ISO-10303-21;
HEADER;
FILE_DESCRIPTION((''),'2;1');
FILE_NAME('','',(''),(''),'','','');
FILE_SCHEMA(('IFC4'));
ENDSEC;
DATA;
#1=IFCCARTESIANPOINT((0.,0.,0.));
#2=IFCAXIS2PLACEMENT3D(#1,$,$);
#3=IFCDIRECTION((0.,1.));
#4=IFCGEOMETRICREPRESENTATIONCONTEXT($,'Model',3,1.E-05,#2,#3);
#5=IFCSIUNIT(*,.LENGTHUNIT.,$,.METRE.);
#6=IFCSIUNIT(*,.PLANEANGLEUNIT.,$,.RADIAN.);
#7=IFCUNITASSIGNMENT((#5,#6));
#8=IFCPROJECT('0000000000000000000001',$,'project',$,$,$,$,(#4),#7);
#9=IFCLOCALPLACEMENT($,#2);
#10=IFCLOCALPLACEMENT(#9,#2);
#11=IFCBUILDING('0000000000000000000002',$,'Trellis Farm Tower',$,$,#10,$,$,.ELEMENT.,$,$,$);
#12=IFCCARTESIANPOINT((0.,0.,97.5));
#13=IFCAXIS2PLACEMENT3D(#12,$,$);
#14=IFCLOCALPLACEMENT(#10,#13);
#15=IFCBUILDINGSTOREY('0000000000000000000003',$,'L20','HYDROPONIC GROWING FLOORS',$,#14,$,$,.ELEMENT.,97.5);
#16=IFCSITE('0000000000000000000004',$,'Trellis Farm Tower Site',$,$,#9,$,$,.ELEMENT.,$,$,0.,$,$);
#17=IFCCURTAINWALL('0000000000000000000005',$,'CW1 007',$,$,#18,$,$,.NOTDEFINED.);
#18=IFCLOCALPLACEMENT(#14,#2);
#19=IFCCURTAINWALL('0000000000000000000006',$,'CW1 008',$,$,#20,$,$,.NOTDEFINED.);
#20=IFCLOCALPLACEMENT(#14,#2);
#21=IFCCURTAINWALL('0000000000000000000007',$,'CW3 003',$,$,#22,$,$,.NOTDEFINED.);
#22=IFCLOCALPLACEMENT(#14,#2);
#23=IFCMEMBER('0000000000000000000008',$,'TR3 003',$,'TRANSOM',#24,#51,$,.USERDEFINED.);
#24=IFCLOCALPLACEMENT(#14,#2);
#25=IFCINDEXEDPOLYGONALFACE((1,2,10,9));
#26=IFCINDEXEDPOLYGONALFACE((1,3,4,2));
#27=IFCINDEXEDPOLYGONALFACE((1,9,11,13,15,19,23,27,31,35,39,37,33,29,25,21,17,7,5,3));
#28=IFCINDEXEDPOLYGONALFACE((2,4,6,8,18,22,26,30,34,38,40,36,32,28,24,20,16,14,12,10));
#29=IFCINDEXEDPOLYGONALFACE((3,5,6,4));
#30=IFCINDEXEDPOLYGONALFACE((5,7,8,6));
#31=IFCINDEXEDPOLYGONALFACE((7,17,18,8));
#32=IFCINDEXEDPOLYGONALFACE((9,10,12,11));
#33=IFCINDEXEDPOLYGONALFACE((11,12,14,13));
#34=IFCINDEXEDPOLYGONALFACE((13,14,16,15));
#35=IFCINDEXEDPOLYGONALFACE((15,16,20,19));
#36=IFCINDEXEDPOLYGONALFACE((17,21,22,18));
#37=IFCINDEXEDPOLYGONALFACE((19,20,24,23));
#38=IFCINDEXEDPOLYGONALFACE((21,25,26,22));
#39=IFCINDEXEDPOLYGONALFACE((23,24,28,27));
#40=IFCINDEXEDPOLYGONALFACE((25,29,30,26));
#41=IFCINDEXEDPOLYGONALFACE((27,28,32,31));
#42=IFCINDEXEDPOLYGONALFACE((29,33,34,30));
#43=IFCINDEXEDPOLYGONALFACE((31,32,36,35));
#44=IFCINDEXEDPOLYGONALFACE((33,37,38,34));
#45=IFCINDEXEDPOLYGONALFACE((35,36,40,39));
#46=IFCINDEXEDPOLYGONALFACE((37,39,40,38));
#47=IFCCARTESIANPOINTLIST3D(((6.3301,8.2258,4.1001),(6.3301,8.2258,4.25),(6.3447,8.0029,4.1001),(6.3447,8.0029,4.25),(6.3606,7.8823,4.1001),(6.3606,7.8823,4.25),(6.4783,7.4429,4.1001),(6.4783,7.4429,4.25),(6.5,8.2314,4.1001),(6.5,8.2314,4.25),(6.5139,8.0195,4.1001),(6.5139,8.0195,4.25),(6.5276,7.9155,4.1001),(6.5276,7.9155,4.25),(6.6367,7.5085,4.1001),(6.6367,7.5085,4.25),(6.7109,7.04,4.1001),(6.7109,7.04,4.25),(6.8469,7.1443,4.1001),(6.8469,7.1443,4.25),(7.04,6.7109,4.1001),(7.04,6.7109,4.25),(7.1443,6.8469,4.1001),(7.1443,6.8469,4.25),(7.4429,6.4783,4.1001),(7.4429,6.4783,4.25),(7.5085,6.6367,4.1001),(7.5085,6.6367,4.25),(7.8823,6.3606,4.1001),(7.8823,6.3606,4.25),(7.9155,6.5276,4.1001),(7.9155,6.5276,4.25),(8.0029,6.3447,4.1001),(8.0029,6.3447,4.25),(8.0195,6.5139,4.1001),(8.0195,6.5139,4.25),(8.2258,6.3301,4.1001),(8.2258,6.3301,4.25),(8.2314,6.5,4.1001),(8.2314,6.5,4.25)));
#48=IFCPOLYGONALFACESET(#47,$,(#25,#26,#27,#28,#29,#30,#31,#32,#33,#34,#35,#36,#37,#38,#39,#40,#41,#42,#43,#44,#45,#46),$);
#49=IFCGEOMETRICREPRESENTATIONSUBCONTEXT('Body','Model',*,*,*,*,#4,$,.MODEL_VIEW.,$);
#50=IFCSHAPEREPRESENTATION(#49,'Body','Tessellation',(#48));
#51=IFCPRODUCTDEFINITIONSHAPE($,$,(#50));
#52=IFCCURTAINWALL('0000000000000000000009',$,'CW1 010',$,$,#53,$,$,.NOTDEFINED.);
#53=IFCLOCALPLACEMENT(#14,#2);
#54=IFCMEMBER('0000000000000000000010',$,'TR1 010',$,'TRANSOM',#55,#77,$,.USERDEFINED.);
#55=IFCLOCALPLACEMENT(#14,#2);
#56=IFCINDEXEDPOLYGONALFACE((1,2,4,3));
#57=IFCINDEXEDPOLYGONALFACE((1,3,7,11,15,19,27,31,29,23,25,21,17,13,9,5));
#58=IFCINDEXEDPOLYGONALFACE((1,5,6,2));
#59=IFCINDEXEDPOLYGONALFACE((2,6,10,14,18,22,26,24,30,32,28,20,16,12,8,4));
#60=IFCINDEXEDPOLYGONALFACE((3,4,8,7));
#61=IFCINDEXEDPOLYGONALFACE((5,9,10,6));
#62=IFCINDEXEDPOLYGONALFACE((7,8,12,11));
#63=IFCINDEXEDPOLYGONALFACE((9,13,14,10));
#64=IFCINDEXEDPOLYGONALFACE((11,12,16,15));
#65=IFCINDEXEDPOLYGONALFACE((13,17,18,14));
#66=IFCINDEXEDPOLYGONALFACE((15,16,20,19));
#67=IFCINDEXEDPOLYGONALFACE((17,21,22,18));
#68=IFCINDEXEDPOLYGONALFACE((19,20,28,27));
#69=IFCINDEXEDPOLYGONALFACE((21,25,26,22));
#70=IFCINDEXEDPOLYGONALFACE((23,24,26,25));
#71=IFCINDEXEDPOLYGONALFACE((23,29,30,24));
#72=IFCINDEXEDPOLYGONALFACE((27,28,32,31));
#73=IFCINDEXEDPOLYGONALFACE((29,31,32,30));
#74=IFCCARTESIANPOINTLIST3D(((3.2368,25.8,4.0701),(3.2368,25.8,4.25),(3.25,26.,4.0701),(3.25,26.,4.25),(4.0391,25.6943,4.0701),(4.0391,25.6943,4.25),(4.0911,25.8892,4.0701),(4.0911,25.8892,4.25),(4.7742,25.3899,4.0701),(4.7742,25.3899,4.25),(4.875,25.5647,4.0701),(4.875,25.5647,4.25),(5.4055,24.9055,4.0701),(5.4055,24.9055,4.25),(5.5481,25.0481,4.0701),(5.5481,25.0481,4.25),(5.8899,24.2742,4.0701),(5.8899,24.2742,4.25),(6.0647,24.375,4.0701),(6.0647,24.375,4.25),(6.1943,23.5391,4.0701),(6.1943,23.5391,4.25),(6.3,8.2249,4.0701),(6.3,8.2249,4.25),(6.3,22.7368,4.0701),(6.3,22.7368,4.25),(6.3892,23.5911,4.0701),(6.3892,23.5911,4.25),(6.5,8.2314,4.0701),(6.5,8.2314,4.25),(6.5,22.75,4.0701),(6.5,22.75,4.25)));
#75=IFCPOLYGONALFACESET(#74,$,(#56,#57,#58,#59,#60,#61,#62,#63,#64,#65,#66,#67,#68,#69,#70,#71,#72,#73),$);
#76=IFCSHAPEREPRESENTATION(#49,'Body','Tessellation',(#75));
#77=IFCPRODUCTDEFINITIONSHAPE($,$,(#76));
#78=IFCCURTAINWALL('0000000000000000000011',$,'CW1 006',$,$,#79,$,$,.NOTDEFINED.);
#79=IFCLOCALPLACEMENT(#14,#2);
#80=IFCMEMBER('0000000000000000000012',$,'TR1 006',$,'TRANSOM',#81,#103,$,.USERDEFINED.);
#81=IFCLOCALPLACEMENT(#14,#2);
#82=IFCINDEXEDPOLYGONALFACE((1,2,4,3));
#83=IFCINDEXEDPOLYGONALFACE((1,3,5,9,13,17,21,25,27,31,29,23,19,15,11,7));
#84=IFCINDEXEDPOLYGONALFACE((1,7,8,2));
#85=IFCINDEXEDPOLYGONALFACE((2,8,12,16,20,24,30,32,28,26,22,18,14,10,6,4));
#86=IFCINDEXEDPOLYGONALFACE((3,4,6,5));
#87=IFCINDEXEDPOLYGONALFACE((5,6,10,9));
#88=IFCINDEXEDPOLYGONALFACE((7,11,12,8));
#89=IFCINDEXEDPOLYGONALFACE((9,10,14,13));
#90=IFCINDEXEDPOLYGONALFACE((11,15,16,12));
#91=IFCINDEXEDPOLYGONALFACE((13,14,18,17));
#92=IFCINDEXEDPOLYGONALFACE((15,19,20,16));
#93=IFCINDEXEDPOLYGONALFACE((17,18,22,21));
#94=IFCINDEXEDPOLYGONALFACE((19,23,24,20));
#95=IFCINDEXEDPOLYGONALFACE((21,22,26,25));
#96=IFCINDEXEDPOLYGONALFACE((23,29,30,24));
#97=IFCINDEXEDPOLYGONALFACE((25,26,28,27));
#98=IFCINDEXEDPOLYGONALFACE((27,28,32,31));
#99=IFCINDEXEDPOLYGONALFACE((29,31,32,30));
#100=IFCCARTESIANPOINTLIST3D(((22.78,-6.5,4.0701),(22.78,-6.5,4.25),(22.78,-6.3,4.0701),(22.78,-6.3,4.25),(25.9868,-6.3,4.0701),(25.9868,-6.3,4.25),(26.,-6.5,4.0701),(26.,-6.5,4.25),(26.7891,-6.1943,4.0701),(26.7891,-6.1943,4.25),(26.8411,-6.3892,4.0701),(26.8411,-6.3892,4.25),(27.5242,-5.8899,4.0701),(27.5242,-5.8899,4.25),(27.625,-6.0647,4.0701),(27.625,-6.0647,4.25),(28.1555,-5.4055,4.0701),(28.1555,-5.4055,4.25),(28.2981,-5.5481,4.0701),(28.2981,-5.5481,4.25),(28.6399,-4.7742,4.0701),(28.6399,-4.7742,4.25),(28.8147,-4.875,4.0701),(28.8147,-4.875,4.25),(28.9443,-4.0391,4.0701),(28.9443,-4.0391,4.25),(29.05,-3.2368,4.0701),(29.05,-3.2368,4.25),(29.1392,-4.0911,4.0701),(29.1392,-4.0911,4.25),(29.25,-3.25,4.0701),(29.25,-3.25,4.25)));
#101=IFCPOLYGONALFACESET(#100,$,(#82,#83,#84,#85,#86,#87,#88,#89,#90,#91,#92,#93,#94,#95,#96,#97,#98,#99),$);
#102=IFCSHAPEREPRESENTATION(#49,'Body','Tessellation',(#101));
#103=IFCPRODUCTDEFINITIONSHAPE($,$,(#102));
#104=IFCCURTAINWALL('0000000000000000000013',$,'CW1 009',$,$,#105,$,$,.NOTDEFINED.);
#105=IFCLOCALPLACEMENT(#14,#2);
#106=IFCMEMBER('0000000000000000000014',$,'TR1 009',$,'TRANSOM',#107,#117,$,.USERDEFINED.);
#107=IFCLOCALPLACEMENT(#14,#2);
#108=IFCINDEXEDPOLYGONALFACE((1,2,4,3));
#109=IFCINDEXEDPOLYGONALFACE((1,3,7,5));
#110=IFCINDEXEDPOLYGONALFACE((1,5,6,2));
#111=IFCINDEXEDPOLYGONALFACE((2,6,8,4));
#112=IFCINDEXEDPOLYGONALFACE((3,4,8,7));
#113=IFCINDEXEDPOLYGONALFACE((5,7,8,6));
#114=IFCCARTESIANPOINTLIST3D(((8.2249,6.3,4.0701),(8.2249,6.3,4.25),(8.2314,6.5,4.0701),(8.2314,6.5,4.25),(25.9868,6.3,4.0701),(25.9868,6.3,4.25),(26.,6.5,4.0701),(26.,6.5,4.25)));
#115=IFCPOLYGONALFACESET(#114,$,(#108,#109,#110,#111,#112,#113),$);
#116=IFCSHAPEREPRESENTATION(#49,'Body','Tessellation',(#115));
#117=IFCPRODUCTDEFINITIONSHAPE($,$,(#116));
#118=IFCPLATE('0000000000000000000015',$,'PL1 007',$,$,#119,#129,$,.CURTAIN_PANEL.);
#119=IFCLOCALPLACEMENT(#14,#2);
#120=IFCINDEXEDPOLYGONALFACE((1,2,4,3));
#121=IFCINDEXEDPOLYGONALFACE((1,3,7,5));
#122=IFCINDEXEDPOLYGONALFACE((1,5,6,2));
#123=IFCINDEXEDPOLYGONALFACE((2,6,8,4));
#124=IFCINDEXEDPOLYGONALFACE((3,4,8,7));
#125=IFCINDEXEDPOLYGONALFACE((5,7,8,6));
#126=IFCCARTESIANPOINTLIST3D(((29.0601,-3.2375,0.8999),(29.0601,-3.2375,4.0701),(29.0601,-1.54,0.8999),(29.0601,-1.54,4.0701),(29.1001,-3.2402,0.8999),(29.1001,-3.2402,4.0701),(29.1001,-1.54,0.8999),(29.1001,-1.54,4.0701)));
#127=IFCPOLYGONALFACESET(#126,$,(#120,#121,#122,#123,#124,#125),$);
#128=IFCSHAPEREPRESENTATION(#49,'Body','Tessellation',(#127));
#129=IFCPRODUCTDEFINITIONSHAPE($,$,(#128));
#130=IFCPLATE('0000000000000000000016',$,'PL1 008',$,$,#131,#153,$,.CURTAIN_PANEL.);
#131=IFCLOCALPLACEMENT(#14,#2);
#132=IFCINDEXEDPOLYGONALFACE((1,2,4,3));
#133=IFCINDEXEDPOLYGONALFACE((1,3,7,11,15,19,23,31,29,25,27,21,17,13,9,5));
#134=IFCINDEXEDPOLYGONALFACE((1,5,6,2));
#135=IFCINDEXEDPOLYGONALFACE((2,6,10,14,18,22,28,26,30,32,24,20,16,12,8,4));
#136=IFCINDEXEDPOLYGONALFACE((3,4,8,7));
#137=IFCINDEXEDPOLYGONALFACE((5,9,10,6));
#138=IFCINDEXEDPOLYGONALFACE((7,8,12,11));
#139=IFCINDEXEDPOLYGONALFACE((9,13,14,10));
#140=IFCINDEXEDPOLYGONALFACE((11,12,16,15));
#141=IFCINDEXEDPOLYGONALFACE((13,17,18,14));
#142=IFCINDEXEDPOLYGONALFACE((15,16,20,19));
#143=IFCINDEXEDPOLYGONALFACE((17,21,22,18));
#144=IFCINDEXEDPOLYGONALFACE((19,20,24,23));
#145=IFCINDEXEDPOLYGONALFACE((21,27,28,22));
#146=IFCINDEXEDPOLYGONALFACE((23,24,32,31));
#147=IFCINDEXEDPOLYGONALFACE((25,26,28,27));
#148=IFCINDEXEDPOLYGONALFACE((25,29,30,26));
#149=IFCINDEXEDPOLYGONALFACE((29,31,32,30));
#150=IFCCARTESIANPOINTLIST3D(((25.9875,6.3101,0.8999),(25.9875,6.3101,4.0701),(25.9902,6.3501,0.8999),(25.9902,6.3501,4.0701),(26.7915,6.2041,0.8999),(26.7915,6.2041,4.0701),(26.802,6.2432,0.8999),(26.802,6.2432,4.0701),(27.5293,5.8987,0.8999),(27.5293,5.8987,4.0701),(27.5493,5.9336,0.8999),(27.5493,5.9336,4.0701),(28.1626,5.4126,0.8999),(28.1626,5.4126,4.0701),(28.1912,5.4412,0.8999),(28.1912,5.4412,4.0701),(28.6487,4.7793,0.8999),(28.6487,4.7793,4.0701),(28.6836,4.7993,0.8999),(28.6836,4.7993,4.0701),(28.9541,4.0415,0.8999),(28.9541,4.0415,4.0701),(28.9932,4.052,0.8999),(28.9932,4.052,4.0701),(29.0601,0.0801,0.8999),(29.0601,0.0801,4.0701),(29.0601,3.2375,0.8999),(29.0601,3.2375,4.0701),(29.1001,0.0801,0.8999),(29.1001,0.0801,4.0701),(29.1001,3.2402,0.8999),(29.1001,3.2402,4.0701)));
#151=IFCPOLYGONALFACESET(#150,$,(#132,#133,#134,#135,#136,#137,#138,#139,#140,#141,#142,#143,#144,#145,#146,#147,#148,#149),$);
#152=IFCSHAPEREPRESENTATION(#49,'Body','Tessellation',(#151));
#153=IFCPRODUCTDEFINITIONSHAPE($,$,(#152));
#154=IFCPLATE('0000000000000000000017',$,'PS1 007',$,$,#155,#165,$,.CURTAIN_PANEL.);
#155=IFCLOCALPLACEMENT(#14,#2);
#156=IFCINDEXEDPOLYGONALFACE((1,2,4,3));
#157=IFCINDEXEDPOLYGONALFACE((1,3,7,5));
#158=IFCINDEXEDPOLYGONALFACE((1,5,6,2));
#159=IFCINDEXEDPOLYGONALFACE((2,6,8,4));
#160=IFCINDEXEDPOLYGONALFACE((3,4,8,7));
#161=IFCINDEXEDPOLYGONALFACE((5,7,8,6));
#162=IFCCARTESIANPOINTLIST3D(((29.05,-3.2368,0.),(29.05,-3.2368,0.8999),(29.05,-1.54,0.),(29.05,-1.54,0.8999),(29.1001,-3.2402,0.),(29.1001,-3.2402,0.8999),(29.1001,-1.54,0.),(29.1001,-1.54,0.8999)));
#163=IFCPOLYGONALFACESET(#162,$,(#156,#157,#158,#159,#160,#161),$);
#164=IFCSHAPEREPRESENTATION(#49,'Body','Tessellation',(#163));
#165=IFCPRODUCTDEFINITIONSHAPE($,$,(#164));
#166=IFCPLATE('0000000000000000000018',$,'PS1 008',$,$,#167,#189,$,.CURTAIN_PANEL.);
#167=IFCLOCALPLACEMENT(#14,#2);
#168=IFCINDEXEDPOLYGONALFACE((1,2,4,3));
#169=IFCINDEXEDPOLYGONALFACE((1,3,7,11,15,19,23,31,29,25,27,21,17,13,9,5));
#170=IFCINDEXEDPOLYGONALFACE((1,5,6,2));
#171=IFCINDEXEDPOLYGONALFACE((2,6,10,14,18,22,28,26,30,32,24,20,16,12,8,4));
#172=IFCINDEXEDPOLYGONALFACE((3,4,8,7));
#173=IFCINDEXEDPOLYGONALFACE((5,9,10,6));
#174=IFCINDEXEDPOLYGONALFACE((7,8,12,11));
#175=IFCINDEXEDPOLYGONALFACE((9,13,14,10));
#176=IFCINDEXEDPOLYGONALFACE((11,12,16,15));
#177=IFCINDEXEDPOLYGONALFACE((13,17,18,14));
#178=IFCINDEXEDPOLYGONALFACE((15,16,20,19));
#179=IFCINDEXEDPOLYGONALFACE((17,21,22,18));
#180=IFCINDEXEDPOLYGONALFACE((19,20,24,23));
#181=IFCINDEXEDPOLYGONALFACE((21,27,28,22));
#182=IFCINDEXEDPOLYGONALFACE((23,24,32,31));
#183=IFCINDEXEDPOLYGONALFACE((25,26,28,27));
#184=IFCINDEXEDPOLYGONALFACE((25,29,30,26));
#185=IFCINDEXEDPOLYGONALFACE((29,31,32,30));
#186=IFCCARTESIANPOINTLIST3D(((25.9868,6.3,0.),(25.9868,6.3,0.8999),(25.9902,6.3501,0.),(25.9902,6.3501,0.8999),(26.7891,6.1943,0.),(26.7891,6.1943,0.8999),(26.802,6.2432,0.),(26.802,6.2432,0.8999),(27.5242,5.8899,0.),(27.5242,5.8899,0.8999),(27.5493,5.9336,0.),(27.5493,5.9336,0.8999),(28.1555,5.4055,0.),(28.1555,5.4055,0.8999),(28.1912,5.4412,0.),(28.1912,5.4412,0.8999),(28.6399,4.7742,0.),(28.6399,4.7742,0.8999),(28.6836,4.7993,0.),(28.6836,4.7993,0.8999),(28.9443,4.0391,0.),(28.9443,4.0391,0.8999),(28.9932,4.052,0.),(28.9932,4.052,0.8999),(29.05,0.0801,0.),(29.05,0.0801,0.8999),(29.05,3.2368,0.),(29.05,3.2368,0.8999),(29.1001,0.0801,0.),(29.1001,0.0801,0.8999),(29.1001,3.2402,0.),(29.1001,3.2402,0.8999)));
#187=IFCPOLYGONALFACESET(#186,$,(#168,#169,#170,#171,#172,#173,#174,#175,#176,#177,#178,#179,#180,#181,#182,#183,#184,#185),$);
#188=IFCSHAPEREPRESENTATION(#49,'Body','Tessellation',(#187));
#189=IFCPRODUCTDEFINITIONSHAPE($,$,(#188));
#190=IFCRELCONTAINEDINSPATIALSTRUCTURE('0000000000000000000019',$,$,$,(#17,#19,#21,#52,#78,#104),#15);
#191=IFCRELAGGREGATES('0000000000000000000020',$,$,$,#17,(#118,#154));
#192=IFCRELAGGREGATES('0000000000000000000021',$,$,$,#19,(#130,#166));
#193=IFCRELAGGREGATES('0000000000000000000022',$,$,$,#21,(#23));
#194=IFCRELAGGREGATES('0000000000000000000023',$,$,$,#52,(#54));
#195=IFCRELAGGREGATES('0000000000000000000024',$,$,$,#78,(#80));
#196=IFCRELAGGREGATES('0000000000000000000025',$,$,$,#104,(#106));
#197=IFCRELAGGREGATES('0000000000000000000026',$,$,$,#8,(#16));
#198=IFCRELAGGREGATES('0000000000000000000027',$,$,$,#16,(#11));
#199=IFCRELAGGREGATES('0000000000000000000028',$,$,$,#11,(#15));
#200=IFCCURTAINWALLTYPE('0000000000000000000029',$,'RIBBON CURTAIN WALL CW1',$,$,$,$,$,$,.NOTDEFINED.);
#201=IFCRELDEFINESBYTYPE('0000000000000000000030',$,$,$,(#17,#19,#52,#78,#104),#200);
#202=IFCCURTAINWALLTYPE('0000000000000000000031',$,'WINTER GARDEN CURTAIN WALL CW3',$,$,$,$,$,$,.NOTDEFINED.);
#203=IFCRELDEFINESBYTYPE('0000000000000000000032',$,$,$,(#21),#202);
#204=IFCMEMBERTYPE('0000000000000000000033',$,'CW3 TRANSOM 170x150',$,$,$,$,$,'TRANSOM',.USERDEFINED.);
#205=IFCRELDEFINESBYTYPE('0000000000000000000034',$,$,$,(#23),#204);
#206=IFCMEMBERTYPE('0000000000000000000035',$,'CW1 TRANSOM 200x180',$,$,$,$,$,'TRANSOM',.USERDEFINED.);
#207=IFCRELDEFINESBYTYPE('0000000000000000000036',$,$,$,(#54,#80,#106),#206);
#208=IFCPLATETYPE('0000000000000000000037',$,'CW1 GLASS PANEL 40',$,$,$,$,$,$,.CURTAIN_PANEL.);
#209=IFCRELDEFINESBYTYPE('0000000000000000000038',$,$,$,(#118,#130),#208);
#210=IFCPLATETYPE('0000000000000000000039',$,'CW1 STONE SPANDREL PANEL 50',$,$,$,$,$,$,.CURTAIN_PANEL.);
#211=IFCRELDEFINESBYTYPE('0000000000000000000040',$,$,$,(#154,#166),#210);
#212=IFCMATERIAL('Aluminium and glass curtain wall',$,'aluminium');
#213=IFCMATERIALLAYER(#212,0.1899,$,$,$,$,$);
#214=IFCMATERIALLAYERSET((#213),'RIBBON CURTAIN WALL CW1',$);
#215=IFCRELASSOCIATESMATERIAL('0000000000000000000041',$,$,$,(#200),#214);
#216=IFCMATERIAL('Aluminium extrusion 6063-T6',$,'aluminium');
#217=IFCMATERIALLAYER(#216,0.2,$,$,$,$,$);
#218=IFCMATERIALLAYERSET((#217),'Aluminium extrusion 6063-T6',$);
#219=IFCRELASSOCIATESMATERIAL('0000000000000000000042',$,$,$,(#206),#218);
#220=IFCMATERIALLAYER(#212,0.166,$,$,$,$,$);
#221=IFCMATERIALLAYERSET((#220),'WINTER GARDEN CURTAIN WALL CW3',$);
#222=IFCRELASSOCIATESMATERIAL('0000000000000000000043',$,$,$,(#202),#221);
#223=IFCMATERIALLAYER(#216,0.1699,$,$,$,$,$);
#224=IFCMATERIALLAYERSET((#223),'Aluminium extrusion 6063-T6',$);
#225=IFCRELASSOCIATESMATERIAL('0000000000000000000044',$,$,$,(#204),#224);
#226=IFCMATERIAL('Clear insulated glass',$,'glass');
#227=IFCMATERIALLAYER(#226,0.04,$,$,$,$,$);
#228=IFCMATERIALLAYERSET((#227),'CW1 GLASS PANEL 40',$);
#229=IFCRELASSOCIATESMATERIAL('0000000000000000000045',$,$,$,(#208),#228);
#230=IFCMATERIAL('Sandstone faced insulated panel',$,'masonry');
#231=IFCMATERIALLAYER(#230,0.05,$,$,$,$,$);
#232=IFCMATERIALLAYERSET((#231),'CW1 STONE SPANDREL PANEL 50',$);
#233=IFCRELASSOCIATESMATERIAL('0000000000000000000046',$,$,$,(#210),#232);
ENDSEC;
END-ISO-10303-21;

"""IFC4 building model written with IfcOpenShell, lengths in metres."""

from ifc_helpers import new_model, si_unit, direction, frame, origin, place, context, subcontext, project, spatial, polyline, outline, extrude, source, transform, mapped, material, layer, layer_set, type_object, element, aggregate, save


model = new_model("IFC4")

# Units and contexts
model_context = context("Model", 3, precision=1e-05, world=origin(), true_north=direction((0.0, 1.0)))
body_context = subcontext(model_context, "Body", "Model", "MODEL_VIEW")
ifc_project = project(units=[si_unit("LENGTHUNIT", "METRE"), si_unit("PLANEANGLEUNIT", "RADIAN")], contexts=[model_context])

# Site, building, storey
site_placement = place(None, origin())
site = spatial("IfcSite", under=ifc_project, at=site_placement, Name="Trellis Farm Tower Site", CompositionType="ELEMENT", RefElevation=0.0)
building_placement = place(site_placement, origin())
building = spatial("IfcBuilding", under=site, at=building_placement, Name="Trellis Farm Tower", CompositionType="ELEMENT")
storey_placement = place(building_placement, frame((0.0, 0.0, 97.5)))
storey = spatial("IfcBuildingStorey", under=building, at=storey_placement, Name="L20", Description="HYDROPONIC GROWING FLOORS", CompositionType="ELEMENT", Elevation=97.5)

# Curtain walls
ifc_material_1 = material(Name="Aluminium and glass curtain wall", Category="aluminium")
ifc_layer_1 = layer(ifc_material_1, 0.1899)
ifc_layer_set_1 = layer_set([ifc_layer_1], Name="RIBBON CURTAIN WALL CW1")
curtain_wall_type_1 = type_object("IfcCurtainWallType", Name="RIBBON CURTAIN WALL CW1", PredefinedType="NOTDEFINED", material=ifc_layer_set_1)
placement_1 = place(storey_placement, origin())
curtain_wall_1 = element("IfcCurtainWall", 1, at=placement_1, inside=storey, type_object=curtain_wall_type_1, Name="CW1 007", PredefinedType="NOTDEFINED")
ifc_material_2 = material(Name="Aluminium extrusion 6063-T6", Category="aluminium")
ifc_layer_2 = layer(ifc_material_2, 0.2)
ifc_layer_set_2 = layer_set([ifc_layer_2], Name="Aluminium extrusion 6063-T6")
member_type_1 = type_object("IfcMemberType", Name="CW1 TRANSOM 200x180", ElementType="TRANSOM", PredefinedType="USERDEFINED", material=ifc_layer_set_2)
placement_2 = place(storey_placement, frame((0.0, 0.0, 4.0701)))
curtain_wall_2 = element("IfcCurtainWall", 2, at=placement_1, inside=storey, type_object=curtain_wall_type_1, Name="CW1 008", PredefinedType="NOTDEFINED")

# Curtain walls, members
ifc_layer_3 = layer(ifc_material_1, 0.166)
ifc_layer_set_3 = layer_set([ifc_layer_3], Name="WINTER GARDEN CURTAIN WALL CW3")
curtain_wall_type_2 = type_object("IfcCurtainWallType", Name="WINTER GARDEN CURTAIN WALL CW3", PredefinedType="NOTDEFINED", material=ifc_layer_set_3)
curtain_wall_3 = element("IfcCurtainWall", 3, at=placement_1, inside=storey, type_object=curtain_wall_type_2, Name="CW3 003", PredefinedType="NOTDEFINED")
ifc_layer_4 = layer(ifc_material_2, 0.1699)
ifc_layer_set_4 = layer_set([ifc_layer_4], Name="Aluminium extrusion 6063-T6")
member_type_2 = type_object("IfcMemberType", Name="CW3 TRANSOM 170x150", ElementType="TRANSOM", PredefinedType="USERDEFINED", material=ifc_layer_set_4)
shared_shape_1 = source(origin(), body_context, "Body", "SweptSolid", [
    extrude(outline(polyline([(8.2314, 6.5), (8.0195, 6.5139), (7.9155, 6.5276), (7.5085, 6.6367), (7.1443, 6.8469), (6.8469, 7.1443), (6.6367, 7.5085), (6.5276, 7.9155), (6.5139, 8.0195), (6.5, 8.2314), (6.3301, 8.2258), (6.3447, 8.0029), (6.3606, 7.8823), (6.4783, 7.4429), (6.7109, 7.04), (7.04, 6.7109), (7.4429, 6.4783), (7.8823, 6.3606), (8.0029, 6.3447), (8.2258, 6.3301), (8.2314, 6.5)])), origin(), (0.0, 0.0, 1.0), 0.1499),
])
member_1_placement = place(storey_placement, frame((0.0, 0.0, 4.1001)))
member_1 = element("IfcMember", 4, at=member_1_placement, type_object=member_type_2, Name="TR3 003", ObjectType="TRANSOM", PredefinedType="USERDEFINED", context=body_context, shape_type="MappedRepresentation", body=[
    mapped(shared_shape_1, transform((0.0, 0.0, 0.0))),
])
curtain_wall_4 = element("IfcCurtainWall", 5, at=placement_1, inside=storey, type_object=curtain_wall_type_1, Name="CW1 010", PredefinedType="NOTDEFINED")
shared_shape_2 = source(origin(), body_context, "Body", "SweptSolid", [
    extrude(outline(polyline([(6.5, 8.2314), (6.5, 22.75), (6.3892, 23.5911), (6.0647, 24.375), (5.5481, 25.0481), (4.875, 25.5647), (4.0911, 25.8892), (3.25, 26.0), (3.2368, 25.8), (4.0391, 25.6943), (4.7742, 25.3899), (5.4055, 24.9055), (5.8899, 24.2742), (6.1943, 23.5391), (6.3, 22.7368), (6.3, 8.2249), (6.5, 8.2314)])), origin(), (0.0, 0.0, 1.0), 0.1799),
])
member_2 = element("IfcMember", 6, at=placement_2, type_object=member_type_1, Name="TR1 010", ObjectType="TRANSOM", PredefinedType="USERDEFINED", context=body_context, shape_type="MappedRepresentation", body=[
    mapped(shared_shape_2, transform((0.0, 0.0, 0.0))),
])
curtain_wall_5 = element("IfcCurtainWall", 7, at=placement_1, inside=storey, type_object=curtain_wall_type_1, Name="CW1 006", PredefinedType="NOTDEFINED")
shared_shape_3 = source(origin(), body_context, "Body", "SweptSolid", [
    extrude(outline(polyline([(22.78, -6.5), (26.0, -6.5), (26.8411, -6.3892), (27.625, -6.0647), (28.2981, -5.5481), (28.8147, -4.875), (29.1392, -4.0911), (29.25, -3.25), (29.05, -3.2368), (28.9443, -4.0391), (28.6399, -4.7742), (28.1555, -5.4055), (27.5242, -5.8899), (26.7891, -6.1943), (25.9868, -6.3), (22.78, -6.3), (22.78, -6.5)])), origin(), (0.0, 0.0, 1.0), 0.1799),
])
member_3 = element("IfcMember", 8, at=placement_2, type_object=member_type_1, Name="TR1 006", ObjectType="TRANSOM", PredefinedType="USERDEFINED", context=body_context, shape_type="MappedRepresentation", body=[
    mapped(shared_shape_3, transform((0.0, 0.0, 0.0))),
])
curtain_wall_6 = element("IfcCurtainWall", 9, at=placement_1, inside=storey, type_object=curtain_wall_type_1, Name="CW1 009", PredefinedType="NOTDEFINED")
shared_shape_4 = source(origin(), body_context, "Body", "SweptSolid", [
    extrude(outline(polyline([(26.0, 6.5), (8.2314, 6.5), (8.2249, 6.3), (25.9868, 6.3), (26.0, 6.5)])), origin(), (0.0, 0.0, 1.0), 0.1799),
])
member_4 = element("IfcMember", 10, at=placement_2, type_object=member_type_1, Name="TR1 009", ObjectType="TRANSOM", PredefinedType="USERDEFINED", context=body_context, shape_type="MappedRepresentation", body=[
    mapped(shared_shape_4, transform((0.0, 0.0, 0.0))),
])

# Plates
ifc_material_3 = material(Name="Clear insulated glass", Category="glass")
ifc_layer_5 = layer(ifc_material_3, 0.04)
ifc_layer_set_5 = layer_set([ifc_layer_5], Name="CW1 GLASS PANEL 40")
plate_type_1 = type_object("IfcPlateType", Name="CW1 GLASS PANEL 40", PredefinedType="CURTAIN_PANEL", material=ifc_layer_set_5)
placement_3 = place(storey_placement, frame((0.0, 0.0, 0.8999)))
plate_1 = element("IfcPlate", 11, at=placement_3, type_object=plate_type_1, Name="PL1 007", PredefinedType="CURTAIN_PANEL", context=body_context, shape_type="SweptSolid", body=[
    extrude(outline(polyline([(29.1001, -3.2402), (29.1001, -1.54), (29.0601, -1.54), (29.0601, -3.2375), (29.1001, -3.2402)])), origin(), (0.0, 0.0, 1.0), 3.1702),
])
plate_2 = element("IfcPlate", 12, at=placement_3, type_object=plate_type_1, Name="PL1 008", PredefinedType="CURTAIN_PANEL", context=body_context, shape_type="SweptSolid", body=[
    extrude(outline(polyline([(29.1001, 0.0801), (29.1001, 3.2402), (28.9932, 4.052), (28.6836, 4.7993), (28.1912, 5.4412), (27.5493, 5.9336), (26.802, 6.2432), (25.9902, 6.3501), (25.9875, 6.3101), (26.7915, 6.2041), (27.5293, 5.8987), (28.1626, 5.4126), (28.6487, 4.7793), (28.9541, 4.0415), (29.0601, 3.2375), (29.0601, 0.0801), (29.1001, 0.0801)])), origin(), (0.0, 0.0, 1.0), 3.1702),
])
ifc_material_4 = material(Name="Sandstone faced insulated panel", Category="masonry")
ifc_layer_6 = layer(ifc_material_4, 0.05)
ifc_layer_set_6 = layer_set([ifc_layer_6], Name="CW1 STONE SPANDREL PANEL 50")
plate_type_2 = type_object("IfcPlateType", Name="CW1 STONE SPANDREL PANEL 50", PredefinedType="CURTAIN_PANEL", material=ifc_layer_set_6)
plate_3 = element("IfcPlate", 13, at=placement_1, type_object=plate_type_2, Name="PS1 007", PredefinedType="CURTAIN_PANEL", context=body_context, shape_type="SweptSolid", body=[
    extrude(outline(polyline([(29.1001, -3.2402), (29.1001, -1.54), (29.05, -1.54), (29.05, -3.2368), (29.1001, -3.2402)])), origin(), (0.0, 0.0, 1.0), 0.8999),
])
aggregate(curtain_wall_1, [plate_1, plate_3])
plate_4 = element("IfcPlate", 14, at=placement_1, type_object=plate_type_2, Name="PS1 008", PredefinedType="CURTAIN_PANEL", context=body_context, shape_type="SweptSolid", body=[
    extrude(outline(polyline([(29.1001, 0.0801), (29.1001, 3.2402), (28.9932, 4.052), (28.6836, 4.7993), (28.1912, 5.4412), (27.5493, 5.9336), (26.802, 6.2432), (25.9902, 6.3501), (25.9868, 6.3), (26.7891, 6.1943), (27.5242, 5.8899), (28.1555, 5.4055), (28.6399, 4.7742), (28.9443, 4.0391), (29.05, 3.2368), (29.05, 0.0801), (29.1001, 0.0801)])), origin(), (0.0, 0.0, 1.0), 0.8999),
])
aggregate(curtain_wall_2, [plate_2, plate_4])
aggregate(curtain_wall_3, [member_1])
aggregate(curtain_wall_4, [member_2])

aggregate(curtain_wall_5, [member_3])
aggregate(curtain_wall_6, [member_4])

save(model, "model.ifc")
